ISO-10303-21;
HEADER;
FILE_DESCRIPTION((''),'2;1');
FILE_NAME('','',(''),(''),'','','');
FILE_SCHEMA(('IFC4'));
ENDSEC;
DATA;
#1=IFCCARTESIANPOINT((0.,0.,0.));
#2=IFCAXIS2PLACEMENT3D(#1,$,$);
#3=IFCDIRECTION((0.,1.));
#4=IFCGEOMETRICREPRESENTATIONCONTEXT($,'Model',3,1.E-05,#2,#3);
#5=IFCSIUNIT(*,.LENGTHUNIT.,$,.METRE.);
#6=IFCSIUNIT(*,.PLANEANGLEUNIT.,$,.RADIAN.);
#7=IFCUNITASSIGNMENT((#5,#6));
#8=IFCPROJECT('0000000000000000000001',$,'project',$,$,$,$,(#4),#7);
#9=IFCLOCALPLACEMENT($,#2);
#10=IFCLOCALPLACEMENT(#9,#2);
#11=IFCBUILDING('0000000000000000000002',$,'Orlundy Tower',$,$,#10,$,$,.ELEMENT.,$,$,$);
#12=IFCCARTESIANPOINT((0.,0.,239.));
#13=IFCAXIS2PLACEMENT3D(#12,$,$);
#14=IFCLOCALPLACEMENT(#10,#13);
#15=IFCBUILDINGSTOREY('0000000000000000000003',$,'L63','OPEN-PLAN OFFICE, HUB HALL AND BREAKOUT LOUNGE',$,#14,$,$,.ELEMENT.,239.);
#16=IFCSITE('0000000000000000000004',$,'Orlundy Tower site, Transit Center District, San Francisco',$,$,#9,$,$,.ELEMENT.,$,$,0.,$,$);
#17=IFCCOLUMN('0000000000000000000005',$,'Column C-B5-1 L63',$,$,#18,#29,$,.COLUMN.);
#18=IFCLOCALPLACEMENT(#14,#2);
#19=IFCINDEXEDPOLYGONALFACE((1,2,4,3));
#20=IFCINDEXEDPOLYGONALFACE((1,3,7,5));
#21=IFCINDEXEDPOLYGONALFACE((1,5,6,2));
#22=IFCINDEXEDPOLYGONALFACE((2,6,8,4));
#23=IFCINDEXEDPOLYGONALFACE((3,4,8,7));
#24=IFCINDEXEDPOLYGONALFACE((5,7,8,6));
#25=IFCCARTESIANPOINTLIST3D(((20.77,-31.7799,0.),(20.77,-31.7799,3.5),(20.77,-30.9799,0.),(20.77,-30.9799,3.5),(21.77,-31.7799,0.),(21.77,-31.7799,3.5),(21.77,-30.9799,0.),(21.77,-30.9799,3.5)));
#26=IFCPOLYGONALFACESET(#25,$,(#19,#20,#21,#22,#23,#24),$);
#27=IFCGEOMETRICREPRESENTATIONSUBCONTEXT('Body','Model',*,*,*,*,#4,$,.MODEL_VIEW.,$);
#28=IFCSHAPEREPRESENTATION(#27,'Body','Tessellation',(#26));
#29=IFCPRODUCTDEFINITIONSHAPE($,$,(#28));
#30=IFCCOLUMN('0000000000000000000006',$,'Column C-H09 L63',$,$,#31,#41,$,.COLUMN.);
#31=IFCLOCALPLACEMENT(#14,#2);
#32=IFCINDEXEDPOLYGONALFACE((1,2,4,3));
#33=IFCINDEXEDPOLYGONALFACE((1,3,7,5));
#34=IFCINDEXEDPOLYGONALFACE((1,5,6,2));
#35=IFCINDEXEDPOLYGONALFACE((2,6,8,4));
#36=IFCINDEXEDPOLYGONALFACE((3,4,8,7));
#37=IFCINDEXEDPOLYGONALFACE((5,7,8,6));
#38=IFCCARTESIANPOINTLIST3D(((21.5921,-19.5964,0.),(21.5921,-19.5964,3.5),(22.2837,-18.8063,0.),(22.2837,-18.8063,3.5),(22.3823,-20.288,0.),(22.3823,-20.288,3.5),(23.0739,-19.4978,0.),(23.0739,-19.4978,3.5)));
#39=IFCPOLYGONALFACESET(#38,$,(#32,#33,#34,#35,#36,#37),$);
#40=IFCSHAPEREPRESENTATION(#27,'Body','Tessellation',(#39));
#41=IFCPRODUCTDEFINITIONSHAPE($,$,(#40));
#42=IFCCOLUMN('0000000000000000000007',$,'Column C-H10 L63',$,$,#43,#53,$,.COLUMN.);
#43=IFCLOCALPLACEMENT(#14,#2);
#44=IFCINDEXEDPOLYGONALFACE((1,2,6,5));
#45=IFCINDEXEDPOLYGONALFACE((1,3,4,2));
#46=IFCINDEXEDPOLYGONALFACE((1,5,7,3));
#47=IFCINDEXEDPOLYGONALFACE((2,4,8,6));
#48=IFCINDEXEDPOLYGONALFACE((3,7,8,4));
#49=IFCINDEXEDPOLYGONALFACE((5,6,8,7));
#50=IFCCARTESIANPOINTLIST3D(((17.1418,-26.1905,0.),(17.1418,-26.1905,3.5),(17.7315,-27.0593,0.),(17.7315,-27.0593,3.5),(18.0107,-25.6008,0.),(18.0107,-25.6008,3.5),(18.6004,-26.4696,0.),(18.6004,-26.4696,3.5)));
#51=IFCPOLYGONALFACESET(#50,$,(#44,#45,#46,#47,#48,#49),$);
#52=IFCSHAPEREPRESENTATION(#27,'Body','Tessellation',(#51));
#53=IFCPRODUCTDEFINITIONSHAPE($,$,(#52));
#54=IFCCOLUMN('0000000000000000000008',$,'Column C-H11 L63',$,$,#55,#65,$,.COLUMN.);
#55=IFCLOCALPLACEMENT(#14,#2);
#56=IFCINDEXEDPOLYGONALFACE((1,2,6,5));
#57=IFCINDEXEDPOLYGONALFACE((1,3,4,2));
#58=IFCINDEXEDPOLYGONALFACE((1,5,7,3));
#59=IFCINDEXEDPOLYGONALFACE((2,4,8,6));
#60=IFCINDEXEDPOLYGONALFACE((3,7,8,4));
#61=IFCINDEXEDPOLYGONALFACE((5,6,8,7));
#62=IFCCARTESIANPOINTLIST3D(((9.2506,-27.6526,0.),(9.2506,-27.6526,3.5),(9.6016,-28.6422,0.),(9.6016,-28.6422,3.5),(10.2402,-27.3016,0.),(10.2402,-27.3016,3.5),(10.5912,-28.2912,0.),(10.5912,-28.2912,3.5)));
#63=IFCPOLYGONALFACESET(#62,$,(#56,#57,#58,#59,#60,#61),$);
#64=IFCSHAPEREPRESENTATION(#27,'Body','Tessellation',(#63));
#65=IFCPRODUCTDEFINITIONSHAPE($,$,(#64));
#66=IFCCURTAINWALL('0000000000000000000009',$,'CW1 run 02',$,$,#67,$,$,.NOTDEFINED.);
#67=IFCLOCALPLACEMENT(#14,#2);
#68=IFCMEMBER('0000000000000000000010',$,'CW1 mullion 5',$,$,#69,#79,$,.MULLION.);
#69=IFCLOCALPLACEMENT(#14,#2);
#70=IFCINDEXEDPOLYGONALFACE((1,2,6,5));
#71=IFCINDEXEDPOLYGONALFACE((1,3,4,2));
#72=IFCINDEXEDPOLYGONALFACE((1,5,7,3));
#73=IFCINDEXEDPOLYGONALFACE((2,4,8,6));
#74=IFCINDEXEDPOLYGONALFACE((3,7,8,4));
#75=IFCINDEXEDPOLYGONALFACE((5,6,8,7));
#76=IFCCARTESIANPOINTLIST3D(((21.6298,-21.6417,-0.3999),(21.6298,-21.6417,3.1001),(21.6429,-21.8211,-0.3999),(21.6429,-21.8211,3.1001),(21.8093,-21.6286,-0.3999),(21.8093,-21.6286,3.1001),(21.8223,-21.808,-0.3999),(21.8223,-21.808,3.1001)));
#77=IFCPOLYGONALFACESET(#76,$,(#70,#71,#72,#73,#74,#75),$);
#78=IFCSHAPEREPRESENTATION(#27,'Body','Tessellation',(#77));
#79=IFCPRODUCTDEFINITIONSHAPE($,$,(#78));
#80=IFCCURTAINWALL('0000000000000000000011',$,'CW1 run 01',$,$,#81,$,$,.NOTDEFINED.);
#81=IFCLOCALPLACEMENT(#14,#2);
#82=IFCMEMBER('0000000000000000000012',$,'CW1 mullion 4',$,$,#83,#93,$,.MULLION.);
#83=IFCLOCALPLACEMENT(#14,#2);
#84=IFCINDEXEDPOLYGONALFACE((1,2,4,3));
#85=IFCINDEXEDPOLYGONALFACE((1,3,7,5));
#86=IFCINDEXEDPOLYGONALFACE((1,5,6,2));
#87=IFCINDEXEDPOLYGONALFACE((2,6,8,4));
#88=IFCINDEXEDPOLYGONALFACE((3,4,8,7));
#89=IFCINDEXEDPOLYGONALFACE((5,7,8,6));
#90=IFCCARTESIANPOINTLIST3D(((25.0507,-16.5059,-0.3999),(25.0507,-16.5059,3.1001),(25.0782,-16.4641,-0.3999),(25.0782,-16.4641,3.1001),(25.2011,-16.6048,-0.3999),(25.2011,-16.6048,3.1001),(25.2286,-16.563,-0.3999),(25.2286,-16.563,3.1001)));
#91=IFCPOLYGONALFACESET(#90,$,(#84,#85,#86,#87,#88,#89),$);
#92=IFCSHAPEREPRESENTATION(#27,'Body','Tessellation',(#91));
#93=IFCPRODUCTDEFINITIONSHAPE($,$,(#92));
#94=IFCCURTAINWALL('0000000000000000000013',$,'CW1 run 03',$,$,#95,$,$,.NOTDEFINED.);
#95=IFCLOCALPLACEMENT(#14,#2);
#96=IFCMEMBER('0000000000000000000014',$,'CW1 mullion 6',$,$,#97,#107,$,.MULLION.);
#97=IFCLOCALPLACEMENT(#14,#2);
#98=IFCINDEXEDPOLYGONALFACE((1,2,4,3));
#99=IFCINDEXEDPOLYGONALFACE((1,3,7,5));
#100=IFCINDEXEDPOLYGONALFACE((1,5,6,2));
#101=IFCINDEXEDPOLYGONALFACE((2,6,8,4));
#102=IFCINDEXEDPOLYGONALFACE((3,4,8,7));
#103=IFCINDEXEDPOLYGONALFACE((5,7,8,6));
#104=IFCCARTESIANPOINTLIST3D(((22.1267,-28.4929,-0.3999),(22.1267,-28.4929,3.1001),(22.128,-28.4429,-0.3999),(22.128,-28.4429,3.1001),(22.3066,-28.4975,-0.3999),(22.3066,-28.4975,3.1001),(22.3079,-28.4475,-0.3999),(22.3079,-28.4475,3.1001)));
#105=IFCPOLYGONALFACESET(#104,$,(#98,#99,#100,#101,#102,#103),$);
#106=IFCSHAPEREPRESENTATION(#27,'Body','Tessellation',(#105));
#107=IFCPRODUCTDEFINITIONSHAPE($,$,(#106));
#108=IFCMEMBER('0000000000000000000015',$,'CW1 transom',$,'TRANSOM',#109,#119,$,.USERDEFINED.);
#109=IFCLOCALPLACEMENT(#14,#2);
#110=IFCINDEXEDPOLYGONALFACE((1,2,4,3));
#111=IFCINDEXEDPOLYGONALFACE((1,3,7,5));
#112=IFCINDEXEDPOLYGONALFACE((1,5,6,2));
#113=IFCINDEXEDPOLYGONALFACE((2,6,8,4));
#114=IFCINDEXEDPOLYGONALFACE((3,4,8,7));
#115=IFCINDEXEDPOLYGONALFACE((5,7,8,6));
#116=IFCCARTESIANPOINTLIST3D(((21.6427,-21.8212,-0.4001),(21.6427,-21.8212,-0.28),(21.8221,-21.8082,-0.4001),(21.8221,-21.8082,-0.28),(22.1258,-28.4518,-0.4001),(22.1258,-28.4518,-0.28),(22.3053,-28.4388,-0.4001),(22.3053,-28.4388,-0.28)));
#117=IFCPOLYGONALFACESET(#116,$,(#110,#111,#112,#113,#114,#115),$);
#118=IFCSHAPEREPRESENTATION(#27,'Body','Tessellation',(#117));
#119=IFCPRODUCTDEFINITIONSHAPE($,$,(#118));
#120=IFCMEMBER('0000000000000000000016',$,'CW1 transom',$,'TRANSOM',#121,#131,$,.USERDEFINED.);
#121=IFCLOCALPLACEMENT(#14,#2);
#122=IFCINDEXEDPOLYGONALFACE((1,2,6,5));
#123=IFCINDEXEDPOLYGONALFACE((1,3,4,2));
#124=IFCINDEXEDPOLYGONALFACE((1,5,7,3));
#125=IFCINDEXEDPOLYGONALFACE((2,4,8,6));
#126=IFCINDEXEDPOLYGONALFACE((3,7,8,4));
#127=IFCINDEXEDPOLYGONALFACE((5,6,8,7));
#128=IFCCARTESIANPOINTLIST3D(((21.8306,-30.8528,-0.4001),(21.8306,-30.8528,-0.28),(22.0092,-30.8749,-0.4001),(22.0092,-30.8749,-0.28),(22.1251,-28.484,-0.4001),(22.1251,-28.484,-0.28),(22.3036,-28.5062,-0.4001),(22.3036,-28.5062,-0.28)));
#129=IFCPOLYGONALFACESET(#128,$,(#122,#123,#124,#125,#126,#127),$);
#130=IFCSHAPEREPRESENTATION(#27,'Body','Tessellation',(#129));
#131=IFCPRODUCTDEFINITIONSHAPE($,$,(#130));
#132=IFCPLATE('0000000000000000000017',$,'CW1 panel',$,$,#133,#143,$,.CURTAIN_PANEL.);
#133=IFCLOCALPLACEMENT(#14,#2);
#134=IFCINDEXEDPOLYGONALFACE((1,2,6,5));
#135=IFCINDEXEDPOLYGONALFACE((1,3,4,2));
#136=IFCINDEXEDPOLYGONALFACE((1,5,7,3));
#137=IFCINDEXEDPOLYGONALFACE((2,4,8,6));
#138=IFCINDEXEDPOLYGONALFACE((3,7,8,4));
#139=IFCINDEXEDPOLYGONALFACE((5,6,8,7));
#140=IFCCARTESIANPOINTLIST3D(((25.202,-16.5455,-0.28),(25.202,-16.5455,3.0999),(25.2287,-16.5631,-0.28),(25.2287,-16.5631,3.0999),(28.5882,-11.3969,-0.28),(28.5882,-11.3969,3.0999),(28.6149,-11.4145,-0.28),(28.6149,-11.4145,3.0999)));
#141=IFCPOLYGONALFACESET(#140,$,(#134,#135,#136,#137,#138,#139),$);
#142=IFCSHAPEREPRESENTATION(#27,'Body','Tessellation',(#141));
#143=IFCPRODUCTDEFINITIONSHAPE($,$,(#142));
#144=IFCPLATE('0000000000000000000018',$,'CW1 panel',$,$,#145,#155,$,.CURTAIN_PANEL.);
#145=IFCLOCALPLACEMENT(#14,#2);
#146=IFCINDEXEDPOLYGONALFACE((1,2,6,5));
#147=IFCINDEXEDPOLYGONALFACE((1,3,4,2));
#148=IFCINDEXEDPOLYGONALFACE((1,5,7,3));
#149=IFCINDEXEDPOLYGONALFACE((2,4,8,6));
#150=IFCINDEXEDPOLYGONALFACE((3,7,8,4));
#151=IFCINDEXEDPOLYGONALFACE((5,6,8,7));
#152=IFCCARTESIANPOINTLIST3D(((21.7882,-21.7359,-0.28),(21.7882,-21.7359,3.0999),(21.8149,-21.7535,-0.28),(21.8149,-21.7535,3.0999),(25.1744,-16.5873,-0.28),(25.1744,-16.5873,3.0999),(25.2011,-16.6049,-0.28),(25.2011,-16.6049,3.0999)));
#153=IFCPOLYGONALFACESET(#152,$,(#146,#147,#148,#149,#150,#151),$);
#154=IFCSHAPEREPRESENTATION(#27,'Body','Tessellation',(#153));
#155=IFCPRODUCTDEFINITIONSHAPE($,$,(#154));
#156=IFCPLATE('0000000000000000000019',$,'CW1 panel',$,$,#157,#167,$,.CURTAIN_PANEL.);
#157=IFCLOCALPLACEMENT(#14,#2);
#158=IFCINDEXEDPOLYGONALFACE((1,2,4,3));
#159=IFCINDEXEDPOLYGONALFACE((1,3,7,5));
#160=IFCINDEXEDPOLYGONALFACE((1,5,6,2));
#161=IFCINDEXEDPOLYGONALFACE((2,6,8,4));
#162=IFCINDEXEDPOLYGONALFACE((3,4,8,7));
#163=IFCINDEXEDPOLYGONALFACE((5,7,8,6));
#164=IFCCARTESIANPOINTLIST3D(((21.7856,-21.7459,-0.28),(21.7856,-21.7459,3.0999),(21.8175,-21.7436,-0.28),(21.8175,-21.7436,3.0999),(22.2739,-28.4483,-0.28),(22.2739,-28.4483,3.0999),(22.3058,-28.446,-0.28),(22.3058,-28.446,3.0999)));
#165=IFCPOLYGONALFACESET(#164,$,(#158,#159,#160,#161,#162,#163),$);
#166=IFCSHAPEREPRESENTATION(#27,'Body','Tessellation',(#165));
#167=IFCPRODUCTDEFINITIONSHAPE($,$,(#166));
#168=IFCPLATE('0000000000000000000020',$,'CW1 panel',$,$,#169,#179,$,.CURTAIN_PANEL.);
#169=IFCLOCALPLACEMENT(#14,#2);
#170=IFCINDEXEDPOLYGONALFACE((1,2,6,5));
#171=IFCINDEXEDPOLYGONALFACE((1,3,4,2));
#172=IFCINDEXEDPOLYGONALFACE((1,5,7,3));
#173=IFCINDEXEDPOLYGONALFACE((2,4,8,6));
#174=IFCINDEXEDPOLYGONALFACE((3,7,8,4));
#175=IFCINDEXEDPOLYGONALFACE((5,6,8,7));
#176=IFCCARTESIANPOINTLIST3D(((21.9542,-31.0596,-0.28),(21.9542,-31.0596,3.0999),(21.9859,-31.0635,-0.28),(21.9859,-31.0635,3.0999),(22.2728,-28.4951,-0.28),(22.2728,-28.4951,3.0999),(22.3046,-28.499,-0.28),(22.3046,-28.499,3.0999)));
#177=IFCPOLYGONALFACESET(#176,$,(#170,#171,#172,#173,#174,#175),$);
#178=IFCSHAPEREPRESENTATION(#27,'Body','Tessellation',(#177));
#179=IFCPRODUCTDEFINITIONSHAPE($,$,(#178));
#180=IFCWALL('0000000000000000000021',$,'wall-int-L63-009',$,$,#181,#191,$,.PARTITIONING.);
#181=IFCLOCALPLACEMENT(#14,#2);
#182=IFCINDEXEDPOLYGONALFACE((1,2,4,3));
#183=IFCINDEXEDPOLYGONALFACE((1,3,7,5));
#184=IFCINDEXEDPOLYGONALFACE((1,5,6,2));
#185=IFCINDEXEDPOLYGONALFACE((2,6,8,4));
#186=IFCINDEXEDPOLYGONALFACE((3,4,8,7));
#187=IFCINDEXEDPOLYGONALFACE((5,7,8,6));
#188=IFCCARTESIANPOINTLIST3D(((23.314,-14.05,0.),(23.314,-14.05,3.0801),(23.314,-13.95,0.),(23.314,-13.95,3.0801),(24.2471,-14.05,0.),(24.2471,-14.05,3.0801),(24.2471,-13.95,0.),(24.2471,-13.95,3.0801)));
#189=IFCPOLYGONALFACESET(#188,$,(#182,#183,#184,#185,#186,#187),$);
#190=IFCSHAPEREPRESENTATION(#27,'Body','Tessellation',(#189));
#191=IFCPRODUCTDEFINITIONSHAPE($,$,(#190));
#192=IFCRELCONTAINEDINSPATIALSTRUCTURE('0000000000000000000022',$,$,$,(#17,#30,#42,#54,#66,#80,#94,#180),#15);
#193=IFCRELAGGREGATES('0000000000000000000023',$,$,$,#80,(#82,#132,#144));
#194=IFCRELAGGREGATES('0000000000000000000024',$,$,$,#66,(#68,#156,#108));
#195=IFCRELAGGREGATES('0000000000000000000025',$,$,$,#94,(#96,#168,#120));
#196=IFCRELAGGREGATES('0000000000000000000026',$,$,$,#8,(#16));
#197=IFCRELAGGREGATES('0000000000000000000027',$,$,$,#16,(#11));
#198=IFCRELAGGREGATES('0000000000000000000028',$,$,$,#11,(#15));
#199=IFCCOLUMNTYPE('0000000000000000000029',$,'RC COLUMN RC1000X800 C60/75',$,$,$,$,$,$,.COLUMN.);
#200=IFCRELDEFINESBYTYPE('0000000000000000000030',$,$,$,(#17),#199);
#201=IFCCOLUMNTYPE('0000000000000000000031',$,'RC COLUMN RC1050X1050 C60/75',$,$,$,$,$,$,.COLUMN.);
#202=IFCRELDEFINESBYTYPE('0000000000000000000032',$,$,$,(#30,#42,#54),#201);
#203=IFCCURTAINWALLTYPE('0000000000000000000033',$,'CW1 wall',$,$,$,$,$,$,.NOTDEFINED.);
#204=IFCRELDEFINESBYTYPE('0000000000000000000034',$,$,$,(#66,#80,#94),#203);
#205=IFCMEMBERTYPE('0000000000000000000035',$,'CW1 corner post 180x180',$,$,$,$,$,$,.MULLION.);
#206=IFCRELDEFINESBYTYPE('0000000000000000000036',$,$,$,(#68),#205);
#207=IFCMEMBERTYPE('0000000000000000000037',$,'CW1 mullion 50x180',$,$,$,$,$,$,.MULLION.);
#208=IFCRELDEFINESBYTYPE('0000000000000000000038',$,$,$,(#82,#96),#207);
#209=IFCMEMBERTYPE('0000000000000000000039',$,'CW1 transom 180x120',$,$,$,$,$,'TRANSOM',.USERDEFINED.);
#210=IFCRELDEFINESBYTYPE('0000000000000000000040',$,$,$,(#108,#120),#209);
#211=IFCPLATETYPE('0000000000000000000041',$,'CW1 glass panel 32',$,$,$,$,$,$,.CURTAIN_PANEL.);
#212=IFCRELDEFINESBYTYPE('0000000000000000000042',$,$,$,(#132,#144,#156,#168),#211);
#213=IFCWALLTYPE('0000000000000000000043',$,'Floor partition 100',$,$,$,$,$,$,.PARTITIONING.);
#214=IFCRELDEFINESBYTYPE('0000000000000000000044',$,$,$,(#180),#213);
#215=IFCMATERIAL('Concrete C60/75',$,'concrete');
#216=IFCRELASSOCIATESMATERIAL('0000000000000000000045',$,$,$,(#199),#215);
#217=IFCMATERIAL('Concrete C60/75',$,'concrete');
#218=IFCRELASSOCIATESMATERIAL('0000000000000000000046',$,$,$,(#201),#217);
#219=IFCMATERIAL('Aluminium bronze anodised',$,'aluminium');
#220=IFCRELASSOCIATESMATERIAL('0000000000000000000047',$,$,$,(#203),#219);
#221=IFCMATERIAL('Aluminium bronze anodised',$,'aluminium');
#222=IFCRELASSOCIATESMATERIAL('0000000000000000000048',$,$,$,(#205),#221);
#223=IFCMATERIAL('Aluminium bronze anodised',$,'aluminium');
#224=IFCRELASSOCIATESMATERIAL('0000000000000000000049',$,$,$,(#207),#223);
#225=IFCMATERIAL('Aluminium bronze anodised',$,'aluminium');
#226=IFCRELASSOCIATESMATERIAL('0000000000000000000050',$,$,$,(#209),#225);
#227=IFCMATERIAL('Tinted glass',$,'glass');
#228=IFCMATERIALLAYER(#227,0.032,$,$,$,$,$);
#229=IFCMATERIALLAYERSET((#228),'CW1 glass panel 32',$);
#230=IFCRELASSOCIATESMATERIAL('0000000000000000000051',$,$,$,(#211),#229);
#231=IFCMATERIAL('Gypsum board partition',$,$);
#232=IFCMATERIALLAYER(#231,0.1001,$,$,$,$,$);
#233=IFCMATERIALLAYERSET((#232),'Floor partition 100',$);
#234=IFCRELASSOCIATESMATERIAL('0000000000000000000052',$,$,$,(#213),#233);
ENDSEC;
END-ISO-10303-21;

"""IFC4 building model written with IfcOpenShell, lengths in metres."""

from ifc_helpers import new_model, si_unit, direction, frame, frame_2d, origin, origin_2d, place, context, subcontext, project, spatial, rectangle, extrude, material, layer, layer_set, material_profile, profile_set, type_object, element, aggregate, save


model = new_model("IFC4")

# Units and contexts
model_context = context("Model", 3, precision=1e-05, world=origin(), true_north=direction((0.0, 1.0)))
body_context = subcontext(model_context, "Body", "Model", "MODEL_VIEW")
ifc_project = project(units=[si_unit("LENGTHUNIT", "METRE"), si_unit("PLANEANGLEUNIT", "RADIAN")], contexts=[model_context])

# Site, building, storey
site_placement = place(None, origin())
site = spatial("IfcSite", under=ifc_project, at=site_placement, Name="Orlundy Tower site, Transit Center District, San Francisco", CompositionType="ELEMENT", RefElevation=0.0)
building_placement = place(site_placement, origin())
building = spatial("IfcBuilding", under=site, at=building_placement, Name="Orlundy Tower", CompositionType="ELEMENT")
storey_placement = place(building_placement, frame((0.0, 0.0, 239.0)))
storey = spatial("IfcBuildingStorey", under=building, at=storey_placement, Name="L63", Description="OPEN-PLAN OFFICE, HUB HALL AND BREAKOUT LOUNGE", CompositionType="ELEMENT", Elevation=239.0)

# Columns
ifc_material_1 = material(Name="Concrete C60/75", Category="concrete")
ifc_material_profile_1 = material_profile(ifc_material_1, rectangle(XDim=1.0, YDim=0.8, at=origin_2d()), Name="RC1000X800")
ifc_profile_set_1 = profile_set([ifc_material_profile_1], Name="Concrete C60/75")
column_type_1 = type_object("IfcColumnType", Name="RC COLUMN RC1000X800 C60/75", PredefinedType="COLUMN", material=ifc_profile_set_1)
column_placement = place(storey_placement, frame((21.27, -31.3799, 0.0), z_axis=(0.0, 0.0, 1.0), x_axis=(1.0, 0.0, 0.0)))
element("IfcColumn", 1, at=column_placement, inside=storey, type_object=column_type_1, Name="Column C-B5-1 L63", PredefinedType="COLUMN", context=body_context, shape_type="SweptSolid", body=[
    extrude(rectangle(XDim=1.0, YDim=0.8, at=origin_2d()), origin(), (0.0, 0.0, 1.0), 3.5),
])
ifc_material_2 = material(Name="Concrete C60/75", Category="concrete")
ifc_material_profile_2 = material_profile(ifc_material_2, rectangle(XDim=1.05, YDim=1.05, at=origin_2d()), Name="RC1050X1050")
ifc_profile_set_2 = profile_set([ifc_material_profile_2], Name="Concrete C60/75")
column_type_2 = type_object("IfcColumnType", Name="RC COLUMN RC1050X1050 C60/75", PredefinedType="COLUMN", material=ifc_profile_set_2)
for number, where, z_axis, x_axis, name in (
    (2, (22.333, -19.5471, 0.0), (0.0, 0.0, 1.0), (0.752484, -0.658611, 0.0), "Column C-H09 L63"),
    (3, (17.8711, -26.3301, 0.0), (0.0, 0.0, 1.0), (0.561592, -0.827414, 0.0), "Column C-H10 L63"),
    (4, (9.9209, -27.9719, 0.0), (0.0, 0.0, 1.0), (0.334267, -0.942478, 0.0), "Column C-H11 L63"),
):
    element("IfcColumn", number, at=place(storey_placement, frame(where, z_axis=z_axis, x_axis=x_axis)), inside=storey, type_object=column_type_2, Name=name, PredefinedType="COLUMN", context=body_context, shape_type="SweptSolid", body=[
        extrude(rectangle(XDim=1.05, YDim=1.05, at=origin_2d()), origin(), (0.0, 0.0, 1.0), 3.5),
    ])

# Curtain walls, members
ifc_material_3 = material(Name="Aluminium bronze anodised", Category="aluminium")
curtain_wall_type = type_object("IfcCurtainWallType", Name="CW1 wall", PredefinedType="NOTDEFINED", material=ifc_material_3)
curtain_wall_1_placement = place(storey_placement, origin())
curtain_wall_1 = element("IfcCurtainWall", 5, at=curtain_wall_1_placement, inside=storey, type_object=curtain_wall_type, Name="CW1 run 02", PredefinedType="NOTDEFINED")
ifc_material_4 = material(Name="Aluminium bronze anodised", Category="aluminium")
ifc_material_profile_3 = material_profile(ifc_material_4, rectangle(XDim=0.1799, YDim=0.1799, at=origin_2d()), Name="CW1 corner post 180x180")
ifc_profile_set_3 = profile_set([ifc_material_profile_3], Name="Aluminium bronze anodised")
member_type_1 = type_object("IfcMemberType", Name="CW1 corner post 180x180", PredefinedType="MULLION", material=ifc_profile_set_3)
member_1_placement = place(storey_placement, frame((21.7261, -21.7249, -0.3999), z_axis=(0.0, 0.0, 1.0), x_axis=(0.997357, 0.072661, 0.0)))
member_1 = element("IfcMember", 6, at=member_1_placement, type_object=member_type_1, Name="CW1 mullion 5", PredefinedType="MULLION", context=body_context, shape_type="SweptSolid", body=[
    extrude(rectangle(XDim=0.1799, YDim=0.1799, at=origin_2d()), origin(), (0.0, 0.0, 1.0), 3.5),
])
curtain_wall_2_placement = place(storey_placement, origin())
curtain_wall_2 = element("IfcCurtainWall", 7, at=curtain_wall_2_placement, inside=storey, type_object=curtain_wall_type, Name="CW1 run 01", PredefinedType="NOTDEFINED")
ifc_material_5 = material(Name="Aluminium bronze anodised", Category="aluminium")
ifc_material_profile_4 = material_profile(ifc_material_5, rectangle(XDim=0.1799, YDim=0.05, at=origin_2d()), Name="CW1 mullion 50x180")
ifc_profile_set_4 = profile_set([ifc_material_profile_4], Name="Aluminium bronze anodised")
member_type_2 = type_object("IfcMemberType", Name="CW1 mullion 50x180", PredefinedType="MULLION", material=ifc_profile_set_4)
member_2_placement = place(storey_placement, frame((25.1396, -16.5344, -0.3999), z_axis=(0.0, 0.0, 1.0), x_axis=(0.835496, -0.549496, 0.0)))
member_2 = element("IfcMember", 8, at=member_2_placement, type_object=member_type_2, Name="CW1 mullion 4", PredefinedType="MULLION", context=body_context, shape_type="SweptSolid", body=[
    extrude(rectangle(XDim=0.1799, YDim=0.05, at=origin_2d()), origin(), (0.0, 0.0, 1.0), 3.5),
])
curtain_wall_3_placement = place(storey_placement, origin())
curtain_wall_3 = element("IfcCurtainWall", 9, at=curtain_wall_3_placement, inside=storey, type_object=curtain_wall_type, Name="CW1 run 03", PredefinedType="NOTDEFINED")
member_3_placement = place(storey_placement, frame((22.2173, -28.4702, -0.3999), z_axis=(0.0, 0.0, 1.0), x_axis=(0.999676, -0.025444, 0.0)))
member_3 = element("IfcMember", 10, at=member_3_placement, type_object=member_type_2, Name="CW1 mullion 6", PredefinedType="MULLION", context=body_context, shape_type="SweptSolid", body=[
    extrude(rectangle(XDim=0.1799, YDim=0.05, at=origin_2d()), origin(), (0.0, 0.0, 1.0), 3.5),
])

# Members
ifc_material_6 = material(Name="Aluminium bronze anodised", Category="aluminium")
ifc_material_profile_5 = material_profile(ifc_material_6, rectangle(XDim=0.1799, YDim=0.1201, at=origin_2d()), Name="CW1 transom 180x120")
ifc_profile_set_5 = profile_set([ifc_material_profile_5], Name="Aluminium bronze anodised")
member_type_3 = type_object("IfcMemberType", Name="CW1 transom 180x120", ElementType="TRANSOM", PredefinedType="USERDEFINED", material=ifc_profile_set_5)
member_4_placement = place(storey_placement, frame((21.7324, -21.8147, -0.3401), z_axis=(0.072675, -0.997356, 0.0), x_axis=(0.997356, 0.072675, 0.0)))
member_4 = element("IfcMember", 11, at=member_4_placement, type_object=member_type_3, Name="CW1 transom", ObjectType="TRANSOM", PredefinedType="USERDEFINED", context=body_context, shape_type="SweptSolid", body=[
    extrude(rectangle(XDim=0.1799, YDim=0.1201, at=origin_2d()), origin(), (0.0, 0.0, 1.0), 6.6482),
])
member_5_placement = place(storey_placement, frame((22.2144, -28.4951, -0.3401), z_axis=(-0.123355, -0.992363, 0.0), x_axis=(0.992363, -0.123355, 0.0)))
member_5 = element("IfcMember", 12, at=member_5_placement, type_object=member_type_3, Name="CW1 transom", ObjectType="TRANSOM", PredefinedType="USERDEFINED", context=body_context, shape_type="SweptSolid", body=[
    extrude(rectangle(XDim=0.1799, YDim=0.1201, at=origin_2d()), origin(), (0.0, 0.0, 1.0), 2.387),
])

# Plates
ifc_material_7 = material(Name="Tinted glass", Category="glass")
ifc_layer_1 = layer(ifc_material_7, 0.032)
ifc_layer_set_1 = layer_set([ifc_layer_1], Name="CW1 glass panel 32")
plate_type = type_object("IfcPlateType", Name="CW1 glass panel 32", PredefinedType="CURTAIN_PANEL", material=ifc_layer_set_1)
plate_1_placement = place(storey_placement, frame((26.9084, -13.98, -0.28), z_axis=(0.0, 0.0, 1.0), x_axis=(-0.549496, -0.835496, 0.0)))
plate_1 = element("IfcPlate", 13, at=plate_1_placement, type_object=plate_type, Name="CW1 panel", PredefinedType="CURTAIN_PANEL", context=body_context, shape_type="SweptSolid", body=[
    extrude(rectangle(XDim=6.1624, YDim=0.032, at=origin_2d()), origin(), (0.0, 0.0, 1.0), 3.3799),
])
plate_2_placement = place(storey_placement, frame((23.4946, -19.1704, -0.28), z_axis=(0.0, 0.0, 1.0), x_axis=(-0.549496, -0.835496, 0.0)))
plate_2 = element("IfcPlate", 14, at=plate_2_placement, type_object=plate_type, Name="CW1 panel", PredefinedType="CURTAIN_PANEL", context=body_context, shape_type="SweptSolid", body=[
    extrude(rectangle(XDim=6.1624, YDim=0.032, at=origin_2d()), origin(), (0.0, 0.0, 1.0), 3.3799),
])
aggregate(curtain_wall_2, [member_2, plate_1, plate_2])
plate_3_placement = place(storey_placement, frame((22.0457, -25.0959, -0.28), z_axis=(0.0, 0.0, 1.0), x_axis=(0.072661, -0.997357, 0.0)))
plate_3 = element("IfcPlate", 15, at=plate_3_placement, type_object=plate_type, Name="CW1 panel", PredefinedType="CURTAIN_PANEL", context=body_context, shape_type="SweptSolid", body=[
    extrude(rectangle(XDim=6.7202, YDim=0.032, at=origin_2d()), origin(), (0.0, 0.0, 1.0), 3.3799),
])
aggregate(curtain_wall_1, [member_1, plate_3, member_4])
plate_4_placement = place(storey_placement, frame((22.1294, -29.7793, -0.28), z_axis=(0.0, 0.0, 1.0), x_axis=(-0.123304, -0.992369, 0.0)))
plate_4 = element("IfcPlate", 16, at=plate_4_placement, type_object=plate_type, Name="CW1 panel", PredefinedType="CURTAIN_PANEL", context=body_context, shape_type="SweptSolid", body=[
    extrude(rectangle(XDim=2.5842, YDim=0.032, at=origin_2d()), origin(), (0.0, 0.0, 1.0), 3.3799),
])
aggregate(curtain_wall_3, [member_3, plate_4, member_5])

# Wall
ifc_material_8 = material(Name="Gypsum board partition")
ifc_layer_2 = layer(ifc_material_8, 0.1001)
ifc_layer_set_2 = layer_set([ifc_layer_2], Name="Floor partition 100")
wall_type_1 = type_object("IfcWallType", Name="Floor partition 100", PredefinedType="PARTITIONING", material=ifc_layer_set_2)
wall_1_placement = place(storey_placement, frame((23.314, -14.0, 0.0), z_axis=(0.0, 0.0, 1.0), x_axis=(1.0, 0.0, 0.0)))
element("IfcWall", 17, at=wall_1_placement, inside=storey, type_object=wall_type_1, Name="wall-int-L63-009", PredefinedType="PARTITIONING", context=body_context, shape_type="SweptSolid", body=[
    extrude(rectangle(XDim=0.9331, YDim=0.1001, at=frame_2d((0.4666, 0.0))), origin(), (0.0, 0.0, 1.0), 3.0801),
])

save(model, "model.ifc")
